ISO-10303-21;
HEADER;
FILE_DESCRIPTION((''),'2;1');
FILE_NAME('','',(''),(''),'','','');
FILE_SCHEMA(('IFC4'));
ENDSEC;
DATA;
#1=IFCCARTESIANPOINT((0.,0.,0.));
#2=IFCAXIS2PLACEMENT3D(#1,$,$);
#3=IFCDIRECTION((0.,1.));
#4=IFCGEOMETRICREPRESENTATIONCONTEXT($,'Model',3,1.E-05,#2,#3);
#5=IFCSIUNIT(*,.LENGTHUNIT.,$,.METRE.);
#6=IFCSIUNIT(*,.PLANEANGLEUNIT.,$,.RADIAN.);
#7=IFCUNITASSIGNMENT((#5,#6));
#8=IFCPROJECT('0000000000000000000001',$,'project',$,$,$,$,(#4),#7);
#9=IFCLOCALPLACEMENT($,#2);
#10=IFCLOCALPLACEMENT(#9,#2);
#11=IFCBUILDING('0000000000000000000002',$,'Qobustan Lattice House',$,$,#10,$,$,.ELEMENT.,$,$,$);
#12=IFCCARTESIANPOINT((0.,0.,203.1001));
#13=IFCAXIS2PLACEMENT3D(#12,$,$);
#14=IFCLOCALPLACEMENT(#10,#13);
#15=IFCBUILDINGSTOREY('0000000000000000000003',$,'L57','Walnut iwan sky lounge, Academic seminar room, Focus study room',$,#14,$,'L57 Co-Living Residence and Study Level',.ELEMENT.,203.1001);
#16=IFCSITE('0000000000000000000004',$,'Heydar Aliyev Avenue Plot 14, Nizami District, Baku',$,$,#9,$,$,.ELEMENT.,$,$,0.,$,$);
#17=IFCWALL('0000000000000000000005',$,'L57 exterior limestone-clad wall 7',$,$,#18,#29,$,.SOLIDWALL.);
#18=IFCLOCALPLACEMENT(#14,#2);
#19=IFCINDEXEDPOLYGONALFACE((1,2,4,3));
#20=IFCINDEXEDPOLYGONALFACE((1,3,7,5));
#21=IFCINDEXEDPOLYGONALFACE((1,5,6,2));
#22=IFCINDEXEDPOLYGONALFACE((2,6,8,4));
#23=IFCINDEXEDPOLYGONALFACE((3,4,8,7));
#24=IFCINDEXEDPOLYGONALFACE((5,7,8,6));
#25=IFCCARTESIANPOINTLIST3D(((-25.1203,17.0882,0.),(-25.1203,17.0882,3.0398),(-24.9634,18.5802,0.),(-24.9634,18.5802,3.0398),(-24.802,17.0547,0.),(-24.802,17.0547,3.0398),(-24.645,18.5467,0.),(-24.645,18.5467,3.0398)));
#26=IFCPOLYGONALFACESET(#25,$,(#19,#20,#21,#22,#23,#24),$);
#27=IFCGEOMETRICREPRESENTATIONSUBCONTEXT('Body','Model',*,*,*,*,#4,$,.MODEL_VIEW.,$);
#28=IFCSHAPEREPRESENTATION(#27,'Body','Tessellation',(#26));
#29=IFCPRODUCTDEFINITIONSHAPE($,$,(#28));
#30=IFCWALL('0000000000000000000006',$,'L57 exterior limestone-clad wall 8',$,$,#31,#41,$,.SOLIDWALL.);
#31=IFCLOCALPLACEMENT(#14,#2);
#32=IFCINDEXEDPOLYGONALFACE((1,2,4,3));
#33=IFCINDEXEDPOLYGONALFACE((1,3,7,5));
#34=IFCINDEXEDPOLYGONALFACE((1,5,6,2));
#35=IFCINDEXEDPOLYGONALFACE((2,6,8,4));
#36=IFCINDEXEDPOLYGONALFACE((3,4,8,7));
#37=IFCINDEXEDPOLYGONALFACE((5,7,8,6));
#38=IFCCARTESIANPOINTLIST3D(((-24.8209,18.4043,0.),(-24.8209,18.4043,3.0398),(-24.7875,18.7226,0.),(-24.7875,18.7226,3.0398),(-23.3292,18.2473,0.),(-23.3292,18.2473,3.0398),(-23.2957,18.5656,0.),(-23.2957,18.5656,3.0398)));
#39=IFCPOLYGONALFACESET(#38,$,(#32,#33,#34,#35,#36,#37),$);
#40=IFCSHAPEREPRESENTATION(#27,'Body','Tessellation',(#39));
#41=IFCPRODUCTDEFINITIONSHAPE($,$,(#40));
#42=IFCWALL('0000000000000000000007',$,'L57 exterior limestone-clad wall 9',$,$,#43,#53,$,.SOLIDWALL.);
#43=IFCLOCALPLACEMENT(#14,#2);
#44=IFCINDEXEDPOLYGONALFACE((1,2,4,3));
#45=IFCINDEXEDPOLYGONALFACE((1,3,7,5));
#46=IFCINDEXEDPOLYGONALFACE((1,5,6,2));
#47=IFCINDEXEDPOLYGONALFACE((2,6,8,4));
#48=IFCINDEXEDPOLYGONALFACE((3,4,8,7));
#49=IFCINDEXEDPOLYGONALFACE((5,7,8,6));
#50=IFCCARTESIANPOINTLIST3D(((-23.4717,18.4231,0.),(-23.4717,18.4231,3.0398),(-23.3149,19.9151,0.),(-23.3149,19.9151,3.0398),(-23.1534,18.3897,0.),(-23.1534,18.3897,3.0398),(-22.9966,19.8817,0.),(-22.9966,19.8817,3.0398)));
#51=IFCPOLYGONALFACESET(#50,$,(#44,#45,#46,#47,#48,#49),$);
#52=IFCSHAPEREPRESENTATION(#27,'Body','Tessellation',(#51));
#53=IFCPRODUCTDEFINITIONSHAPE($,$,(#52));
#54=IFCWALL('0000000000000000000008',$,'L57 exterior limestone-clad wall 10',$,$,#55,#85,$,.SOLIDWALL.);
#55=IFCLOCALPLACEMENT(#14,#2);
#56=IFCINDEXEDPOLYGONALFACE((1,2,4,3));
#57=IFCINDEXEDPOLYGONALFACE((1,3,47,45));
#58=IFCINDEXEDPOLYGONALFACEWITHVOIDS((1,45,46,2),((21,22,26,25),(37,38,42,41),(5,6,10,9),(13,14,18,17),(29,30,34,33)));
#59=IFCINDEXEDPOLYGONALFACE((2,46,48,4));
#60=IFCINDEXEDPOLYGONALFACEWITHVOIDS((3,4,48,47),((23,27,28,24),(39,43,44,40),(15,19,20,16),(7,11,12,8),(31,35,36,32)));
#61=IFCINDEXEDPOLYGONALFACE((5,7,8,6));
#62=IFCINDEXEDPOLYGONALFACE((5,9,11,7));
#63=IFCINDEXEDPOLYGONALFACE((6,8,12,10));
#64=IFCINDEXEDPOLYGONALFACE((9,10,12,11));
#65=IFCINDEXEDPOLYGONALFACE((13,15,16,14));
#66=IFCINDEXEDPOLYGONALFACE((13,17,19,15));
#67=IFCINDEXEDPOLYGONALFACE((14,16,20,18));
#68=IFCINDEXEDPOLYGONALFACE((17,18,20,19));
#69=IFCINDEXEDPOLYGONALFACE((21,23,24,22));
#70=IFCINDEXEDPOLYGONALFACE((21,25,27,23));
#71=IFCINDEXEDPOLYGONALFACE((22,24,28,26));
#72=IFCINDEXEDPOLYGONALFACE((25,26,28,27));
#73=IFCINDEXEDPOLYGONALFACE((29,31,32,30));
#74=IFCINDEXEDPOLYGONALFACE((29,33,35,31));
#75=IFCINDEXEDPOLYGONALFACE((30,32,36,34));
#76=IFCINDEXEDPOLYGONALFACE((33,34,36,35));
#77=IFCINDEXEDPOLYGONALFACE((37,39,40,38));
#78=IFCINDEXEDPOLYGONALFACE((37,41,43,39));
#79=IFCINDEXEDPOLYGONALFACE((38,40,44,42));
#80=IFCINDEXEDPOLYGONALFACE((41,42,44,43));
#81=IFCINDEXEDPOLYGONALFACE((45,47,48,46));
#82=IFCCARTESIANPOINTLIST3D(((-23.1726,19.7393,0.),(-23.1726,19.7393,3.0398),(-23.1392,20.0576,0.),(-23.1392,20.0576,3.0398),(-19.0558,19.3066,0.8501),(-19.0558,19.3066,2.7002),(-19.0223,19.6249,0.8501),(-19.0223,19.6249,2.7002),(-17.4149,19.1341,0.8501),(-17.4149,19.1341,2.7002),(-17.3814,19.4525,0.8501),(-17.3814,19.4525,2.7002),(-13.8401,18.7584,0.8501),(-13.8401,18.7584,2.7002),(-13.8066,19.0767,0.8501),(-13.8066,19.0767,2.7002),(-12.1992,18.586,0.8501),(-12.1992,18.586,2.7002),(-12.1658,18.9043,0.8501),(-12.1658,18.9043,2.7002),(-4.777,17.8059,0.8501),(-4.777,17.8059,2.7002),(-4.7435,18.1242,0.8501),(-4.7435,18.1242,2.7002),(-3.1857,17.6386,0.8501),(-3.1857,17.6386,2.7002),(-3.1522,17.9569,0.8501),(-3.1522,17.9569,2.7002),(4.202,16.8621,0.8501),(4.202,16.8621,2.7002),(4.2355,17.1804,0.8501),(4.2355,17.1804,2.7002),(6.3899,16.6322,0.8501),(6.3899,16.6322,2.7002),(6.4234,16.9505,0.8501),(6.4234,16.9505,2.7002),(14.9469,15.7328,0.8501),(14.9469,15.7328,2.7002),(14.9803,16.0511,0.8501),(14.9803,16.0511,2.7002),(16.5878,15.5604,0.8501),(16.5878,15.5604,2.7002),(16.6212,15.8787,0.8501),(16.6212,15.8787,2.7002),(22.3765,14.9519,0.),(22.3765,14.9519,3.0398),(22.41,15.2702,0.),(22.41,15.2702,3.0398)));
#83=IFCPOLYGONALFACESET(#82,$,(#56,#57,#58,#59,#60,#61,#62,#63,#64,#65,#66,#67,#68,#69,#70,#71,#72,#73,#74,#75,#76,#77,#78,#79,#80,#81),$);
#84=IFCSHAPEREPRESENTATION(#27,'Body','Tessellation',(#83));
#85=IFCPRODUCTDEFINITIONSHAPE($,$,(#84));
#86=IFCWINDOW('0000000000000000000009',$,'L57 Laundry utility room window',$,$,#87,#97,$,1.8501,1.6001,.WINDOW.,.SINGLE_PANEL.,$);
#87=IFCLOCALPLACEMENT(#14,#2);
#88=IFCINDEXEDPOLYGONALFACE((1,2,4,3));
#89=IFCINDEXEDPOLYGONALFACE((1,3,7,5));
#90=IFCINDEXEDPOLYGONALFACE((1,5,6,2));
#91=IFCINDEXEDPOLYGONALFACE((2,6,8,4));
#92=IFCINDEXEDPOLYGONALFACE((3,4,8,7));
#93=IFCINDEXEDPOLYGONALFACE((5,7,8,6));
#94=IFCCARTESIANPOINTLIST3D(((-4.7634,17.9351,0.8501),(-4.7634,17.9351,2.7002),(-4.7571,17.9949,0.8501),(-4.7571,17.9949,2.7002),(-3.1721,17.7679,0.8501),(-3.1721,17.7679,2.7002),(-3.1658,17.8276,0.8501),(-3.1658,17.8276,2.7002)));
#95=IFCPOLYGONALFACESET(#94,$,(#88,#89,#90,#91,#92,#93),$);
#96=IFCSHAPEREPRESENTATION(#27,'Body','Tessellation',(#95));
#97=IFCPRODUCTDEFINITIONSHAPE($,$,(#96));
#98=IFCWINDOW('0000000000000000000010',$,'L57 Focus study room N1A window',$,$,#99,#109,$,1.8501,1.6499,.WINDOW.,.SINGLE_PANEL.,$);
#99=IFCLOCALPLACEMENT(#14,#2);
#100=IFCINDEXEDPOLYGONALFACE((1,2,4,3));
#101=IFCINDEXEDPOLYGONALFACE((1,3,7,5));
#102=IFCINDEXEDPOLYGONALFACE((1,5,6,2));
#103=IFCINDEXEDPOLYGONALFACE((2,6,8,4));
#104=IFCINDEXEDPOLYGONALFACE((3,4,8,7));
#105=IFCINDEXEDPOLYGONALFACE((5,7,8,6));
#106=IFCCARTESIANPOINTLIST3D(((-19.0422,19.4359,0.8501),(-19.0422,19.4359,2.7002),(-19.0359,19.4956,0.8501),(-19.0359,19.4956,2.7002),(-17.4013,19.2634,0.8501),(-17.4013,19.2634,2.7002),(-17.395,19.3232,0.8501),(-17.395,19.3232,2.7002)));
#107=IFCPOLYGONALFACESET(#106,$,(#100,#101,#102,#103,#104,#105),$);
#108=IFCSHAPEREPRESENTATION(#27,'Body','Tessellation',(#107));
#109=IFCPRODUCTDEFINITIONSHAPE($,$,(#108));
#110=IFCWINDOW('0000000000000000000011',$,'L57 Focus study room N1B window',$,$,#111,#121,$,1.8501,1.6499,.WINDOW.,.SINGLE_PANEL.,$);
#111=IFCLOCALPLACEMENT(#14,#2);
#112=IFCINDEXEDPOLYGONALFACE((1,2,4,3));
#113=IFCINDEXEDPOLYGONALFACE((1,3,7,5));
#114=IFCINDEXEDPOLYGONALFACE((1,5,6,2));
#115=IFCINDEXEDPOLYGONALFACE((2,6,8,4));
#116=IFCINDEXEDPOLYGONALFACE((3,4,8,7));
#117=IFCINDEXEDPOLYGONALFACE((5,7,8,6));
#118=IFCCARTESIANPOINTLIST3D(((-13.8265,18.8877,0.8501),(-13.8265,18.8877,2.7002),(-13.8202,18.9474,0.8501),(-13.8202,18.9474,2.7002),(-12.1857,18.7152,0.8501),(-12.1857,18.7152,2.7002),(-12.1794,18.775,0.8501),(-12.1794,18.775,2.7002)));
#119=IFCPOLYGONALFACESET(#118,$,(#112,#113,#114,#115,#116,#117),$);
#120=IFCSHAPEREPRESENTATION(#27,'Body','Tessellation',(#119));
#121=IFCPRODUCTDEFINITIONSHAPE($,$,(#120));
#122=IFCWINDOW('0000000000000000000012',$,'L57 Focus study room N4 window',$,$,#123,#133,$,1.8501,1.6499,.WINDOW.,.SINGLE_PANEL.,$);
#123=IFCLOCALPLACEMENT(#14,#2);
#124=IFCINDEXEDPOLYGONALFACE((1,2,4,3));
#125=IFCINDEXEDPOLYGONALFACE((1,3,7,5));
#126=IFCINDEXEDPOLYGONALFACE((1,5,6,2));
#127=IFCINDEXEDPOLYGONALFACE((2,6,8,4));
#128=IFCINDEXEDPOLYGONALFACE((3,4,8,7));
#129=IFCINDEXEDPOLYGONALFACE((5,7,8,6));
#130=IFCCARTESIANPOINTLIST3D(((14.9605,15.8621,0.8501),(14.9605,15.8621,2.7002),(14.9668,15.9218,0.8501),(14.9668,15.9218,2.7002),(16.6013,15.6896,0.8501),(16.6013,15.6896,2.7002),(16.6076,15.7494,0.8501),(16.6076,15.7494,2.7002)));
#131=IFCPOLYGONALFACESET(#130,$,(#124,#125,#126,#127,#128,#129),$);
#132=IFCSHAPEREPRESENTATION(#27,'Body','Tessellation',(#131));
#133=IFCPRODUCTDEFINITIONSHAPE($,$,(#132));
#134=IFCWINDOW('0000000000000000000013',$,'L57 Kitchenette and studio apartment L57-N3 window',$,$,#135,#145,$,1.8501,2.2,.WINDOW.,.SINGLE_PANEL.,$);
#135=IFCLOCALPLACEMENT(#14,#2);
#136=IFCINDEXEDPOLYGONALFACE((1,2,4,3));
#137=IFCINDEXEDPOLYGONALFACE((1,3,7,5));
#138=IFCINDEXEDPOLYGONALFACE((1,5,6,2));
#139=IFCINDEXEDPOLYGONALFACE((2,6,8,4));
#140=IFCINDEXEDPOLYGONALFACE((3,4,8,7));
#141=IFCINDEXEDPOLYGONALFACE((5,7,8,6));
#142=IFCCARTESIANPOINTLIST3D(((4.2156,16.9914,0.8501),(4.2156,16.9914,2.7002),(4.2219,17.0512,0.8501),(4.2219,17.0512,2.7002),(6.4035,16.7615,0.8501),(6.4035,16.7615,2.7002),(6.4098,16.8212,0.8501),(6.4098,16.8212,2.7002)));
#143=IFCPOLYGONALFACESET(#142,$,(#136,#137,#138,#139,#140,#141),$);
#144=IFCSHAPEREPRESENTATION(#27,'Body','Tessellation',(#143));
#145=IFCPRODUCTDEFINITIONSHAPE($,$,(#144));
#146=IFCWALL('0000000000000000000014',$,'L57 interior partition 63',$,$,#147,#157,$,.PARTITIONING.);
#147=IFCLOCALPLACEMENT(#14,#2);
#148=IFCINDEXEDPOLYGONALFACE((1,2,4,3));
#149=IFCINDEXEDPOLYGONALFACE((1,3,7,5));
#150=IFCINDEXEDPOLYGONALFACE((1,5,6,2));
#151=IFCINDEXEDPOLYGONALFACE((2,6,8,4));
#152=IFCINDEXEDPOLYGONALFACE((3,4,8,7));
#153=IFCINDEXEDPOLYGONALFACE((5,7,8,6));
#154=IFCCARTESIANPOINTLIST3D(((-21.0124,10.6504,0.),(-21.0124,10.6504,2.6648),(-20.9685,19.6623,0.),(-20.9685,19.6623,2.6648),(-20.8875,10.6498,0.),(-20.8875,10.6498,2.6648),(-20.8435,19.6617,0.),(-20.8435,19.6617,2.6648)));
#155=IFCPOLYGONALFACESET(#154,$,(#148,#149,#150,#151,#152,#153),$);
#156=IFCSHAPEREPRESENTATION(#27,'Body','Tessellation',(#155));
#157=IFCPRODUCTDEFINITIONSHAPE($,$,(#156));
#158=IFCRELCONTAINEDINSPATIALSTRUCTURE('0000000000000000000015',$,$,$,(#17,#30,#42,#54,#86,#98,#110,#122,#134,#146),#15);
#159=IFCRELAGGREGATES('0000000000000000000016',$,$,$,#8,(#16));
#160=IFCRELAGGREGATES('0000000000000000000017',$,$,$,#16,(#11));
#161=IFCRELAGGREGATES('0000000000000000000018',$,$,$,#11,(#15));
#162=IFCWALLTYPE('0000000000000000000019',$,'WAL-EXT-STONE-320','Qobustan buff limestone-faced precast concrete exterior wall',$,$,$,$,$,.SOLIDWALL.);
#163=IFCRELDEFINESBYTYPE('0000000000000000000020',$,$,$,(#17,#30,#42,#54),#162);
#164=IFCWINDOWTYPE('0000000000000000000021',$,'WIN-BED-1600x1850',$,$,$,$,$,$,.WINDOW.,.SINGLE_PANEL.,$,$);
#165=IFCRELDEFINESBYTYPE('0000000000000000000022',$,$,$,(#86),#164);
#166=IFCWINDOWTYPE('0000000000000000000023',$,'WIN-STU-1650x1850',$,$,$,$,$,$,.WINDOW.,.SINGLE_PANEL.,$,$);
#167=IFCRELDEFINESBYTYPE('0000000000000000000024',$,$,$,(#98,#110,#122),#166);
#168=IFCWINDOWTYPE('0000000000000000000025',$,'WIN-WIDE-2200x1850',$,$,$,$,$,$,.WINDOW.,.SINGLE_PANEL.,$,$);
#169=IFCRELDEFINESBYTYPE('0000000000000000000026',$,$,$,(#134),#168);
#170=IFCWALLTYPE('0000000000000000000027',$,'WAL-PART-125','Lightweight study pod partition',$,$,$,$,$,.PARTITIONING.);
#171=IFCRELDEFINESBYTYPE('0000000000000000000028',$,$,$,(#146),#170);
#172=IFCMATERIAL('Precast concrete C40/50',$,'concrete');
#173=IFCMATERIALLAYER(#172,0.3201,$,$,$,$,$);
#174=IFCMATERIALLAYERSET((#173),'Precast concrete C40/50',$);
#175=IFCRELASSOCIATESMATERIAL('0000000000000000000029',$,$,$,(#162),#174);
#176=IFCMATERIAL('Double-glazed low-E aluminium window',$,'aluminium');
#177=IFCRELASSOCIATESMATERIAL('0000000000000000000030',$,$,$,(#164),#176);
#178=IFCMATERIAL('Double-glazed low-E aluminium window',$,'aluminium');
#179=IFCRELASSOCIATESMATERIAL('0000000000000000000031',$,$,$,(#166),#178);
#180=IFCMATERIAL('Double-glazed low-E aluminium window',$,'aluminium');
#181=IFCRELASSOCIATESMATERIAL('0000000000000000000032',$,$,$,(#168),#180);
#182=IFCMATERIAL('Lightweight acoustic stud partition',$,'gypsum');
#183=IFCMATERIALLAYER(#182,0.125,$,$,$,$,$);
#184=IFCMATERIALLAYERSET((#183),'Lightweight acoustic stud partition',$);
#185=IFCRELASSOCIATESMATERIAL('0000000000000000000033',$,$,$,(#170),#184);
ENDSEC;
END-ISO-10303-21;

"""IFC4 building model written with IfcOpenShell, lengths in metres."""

from ifc_helpers import new_model, si_unit, direction, frame, frame_2d, origin, place, context, subcontext, project, spatial, rectangle, extrude, material, layer, layer_set, type_object, element, fill, save


model = new_model("IFC4")

# Units and contexts
model_context = context("Model", 3, precision=1e-05, world=origin(), true_north=direction((0.0, 1.0)))
body_context = subcontext(model_context, "Body", "Model", "MODEL_VIEW")
ifc_project = project(units=[si_unit("LENGTHUNIT", "METRE"), si_unit("PLANEANGLEUNIT", "RADIAN")], contexts=[model_context])

# Site, building, storey
site_placement = place(None, origin())
site = spatial("IfcSite", under=ifc_project, at=site_placement, Name="Heydar Aliyev Avenue Plot 14, Nizami District, Baku", CompositionType="ELEMENT", RefElevation=0.0)
building_placement = place(site_placement, origin())
building = spatial("IfcBuilding", under=site, at=building_placement, Name="Qobustan Lattice House", CompositionType="ELEMENT")
storey_placement = place(building_placement, frame((0.0, 0.0, 203.1001)))
storey = spatial("IfcBuildingStorey", under=building, at=storey_placement, Name="L57", Description="Walnut iwan sky lounge, Academic seminar room, Focus study room", LongName="L57 Co-Living Residence and Study Level", CompositionType="ELEMENT", Elevation=203.1001)

# Walls
ifc_material_1 = material(Name="Precast concrete C40/50", Category="concrete")
ifc_layer_1 = layer(ifc_material_1, 0.3201)
ifc_layer_set_1 = layer_set([ifc_layer_1], Name="Precast concrete C40/50")
wall_type_1 = type_object("IfcWallType", Name="WAL-EXT-STONE-320", Description="Qobustan buff limestone-faced precast concrete exterior wall", PredefinedType="SOLIDWALL", material=ifc_layer_set_1)
wall_1_placement = place(storey_placement, frame((-24.9612, 17.0715, 0.0), z_axis=(0.0, 0.0, 1.0), x_axis=(0.104642, 0.99451, 0.0)))
element("IfcWall", 1, at=wall_1_placement, inside=storey, type_object=wall_type_1, Name="L57 exterior limestone-clad wall 7", PredefinedType="SOLIDWALL", context=body_context, shape_type="SweptSolid", body=[
    extrude(rectangle(XDim=1.5002, YDim=0.3201, at=frame_2d((0.75, 0.0))), origin(), (0.0, 0.0, 1.0), 3.0398),
])
wall_2_placement = place(storey_placement, frame((-24.8042, 18.5635, 0.0), z_axis=(0.0, 0.0, 1.0), x_axis=(0.994508, -0.104659, 0.0)))
element("IfcWall", 2, at=wall_2_placement, inside=storey, type_object=wall_type_1, Name="L57 exterior limestone-clad wall 8", PredefinedType="SOLIDWALL", context=body_context, shape_type="SweptSolid", body=[
    extrude(rectangle(XDim=1.5, YDim=0.3201, at=frame_2d((0.75, 0.0))), origin(), (0.0, 0.0, 1.0), 3.0398),
])
wall_3_placement = place(storey_placement, frame((-23.3125, 18.4065, 0.0), z_axis=(0.0, 0.0, 1.0), x_axis=(0.104481, 0.994527, 0.0)))
element("IfcWall", 3, at=wall_3_placement, inside=storey, type_object=wall_type_1, Name="L57 exterior limestone-clad wall 9", PredefinedType="SOLIDWALL", context=body_context, shape_type="SweptSolid", body=[
    extrude(rectangle(XDim=1.5002, YDim=0.3201, at=frame_2d((0.75, 0.0))), origin(), (0.0, 0.0, 1.0), 3.0398),
])

# Wall, openings, windows
wall_4_placement = place(storey_placement, frame((-23.1558, 19.8984, 0.0), z_axis=(0.0, 0.0, 1.0), x_axis=(0.994522, -0.104527, 0.0)))
wall_4 = element("IfcWall", 4, at=wall_4_placement, inside=storey, type_object=wall_type_1, Name="L57 exterior limestone-clad wall 10", PredefinedType="SOLIDWALL", context=body_context, shape_type="SweptSolid", body=[
    extrude(rectangle(XDim=45.8, YDim=0.3201, at=frame_2d((22.8999, 0.0))), origin(), (0.0, 0.0, 1.0), 3.0398),
])
opening_1_placement = place(wall_4_placement, frame((4.1394, 0.0, 0.8501)))
opening_1 = element("IfcOpeningElement", 5, at=opening_1_placement, cuts=wall_4, PredefinedType="OPENING", context=body_context, shape_type="SweptSolid", body=[
    extrude(rectangle(XDim=1.6499, YDim=1.8501, at=frame_2d((0.825, 0.925))), frame((0.0, 0.1699, 0.0), z_axis=(0.0, -1.0, 0.0), x_axis=(1.0, 0.0, 0.0)), (0.0, 0.0, 1.0), 0.3401),
])
opening_2_placement = place(wall_4_placement, frame((9.3838, 0.0, 0.8501)))
opening_2 = element("IfcOpeningElement", 6, at=opening_2_placement, cuts=wall_4, PredefinedType="OPENING", context=body_context, shape_type="SweptSolid", body=[
    extrude(rectangle(XDim=1.6499, YDim=1.8501, at=frame_2d((0.825, 0.925))), frame((0.0, 0.1699, 0.0), z_axis=(0.0, -1.0, 0.0), x_axis=(1.0, 0.0, 0.0)), (0.0, 0.0, 1.0), 0.3401),
])
opening_3_placement = place(wall_4_placement, frame((18.4968, 0.0, 0.8501)))
opening_3 = element("IfcOpeningElement", 7, at=opening_3_placement, cuts=wall_4, PredefinedType="OPENING", context=body_context, shape_type="SweptSolid", body=[
    extrude(rectangle(XDim=1.6001, YDim=1.8501, at=frame_2d((0.8, 0.925))), frame((0.0, 0.1699, 0.0), z_axis=(0.0, -1.0, 0.0), x_axis=(1.0, 0.0, 0.0)), (0.0, 0.0, 1.0), 0.3401),
])
opening_4_placement = place(wall_4_placement, frame((27.5251, 0.0, 0.8501)))
opening_4 = element("IfcOpeningElement", 8, at=opening_4_placement, cuts=wall_4, PredefinedType="OPENING", context=body_context, shape_type="SweptSolid", body=[
    extrude(rectangle(XDim=2.2, YDim=1.8501, at=frame_2d((1.1001, 0.925))), frame((0.0, 0.1699, 0.0), z_axis=(0.0, -1.0, 0.0), x_axis=(1.0, 0.0, 0.0)), (0.0, 0.0, 1.0), 0.3401),
])
opening_5_placement = place(wall_4_placement, frame((38.3293, 0.0, 0.8501)))
opening_5 = element("IfcOpeningElement", 9, at=opening_5_placement, cuts=wall_4, PredefinedType="OPENING", context=body_context, shape_type="SweptSolid", body=[
    extrude(rectangle(XDim=1.6499, YDim=1.8501, at=frame_2d((0.825, 0.925))), frame((0.0, 0.1699, 0.0), z_axis=(0.0, -1.0, 0.0), x_axis=(1.0, 0.0, 0.0)), (0.0, 0.0, 1.0), 0.3401),
])
ifc_material_2 = material(Name="Double-glazed low-E aluminium window", Category="aluminium")
window_type_1 = type_object("IfcWindowType", Name="WIN-BED-1600x1850", PartitioningType="SINGLE_PANEL", PredefinedType="WINDOW", material=ifc_material_2)
window_1_placement = place(opening_3_placement, origin())
window_1 = element("IfcWindow", 10, at=window_1_placement, inside=storey, type_object=window_type_1, Name="L57 Laundry utility room window", OverallHeight=1.8501, OverallWidth=1.6001, PartitioningType="SINGLE_PANEL", PredefinedType="WINDOW", context=body_context, shape_type="SweptSolid", body=[
    extrude(rectangle(XDim=1.6001, YDim=1.8501, at=frame_2d((0.8, 0.925))), frame((0.0, 0.03, 0.0), z_axis=(0.0, -1.0, 0.0), x_axis=(1.0, 0.0, 0.0)), (0.0, 0.0, 1.0), 0.0601),
])
fill(opening_3, window_1)
ifc_material_3 = material(Name="Double-glazed low-E aluminium window", Category="aluminium")
window_type_2 = type_object("IfcWindowType", Name="WIN-STU-1650x1850", PartitioningType="SINGLE_PANEL", PredefinedType="WINDOW", material=ifc_material_3)
window_2_placement = place(opening_1_placement, origin())
window_2 = element("IfcWindow", 11, at=window_2_placement, inside=storey, type_object=window_type_2, Name="L57 Focus study room N1A window", OverallHeight=1.8501, OverallWidth=1.6499, PartitioningType="SINGLE_PANEL", PredefinedType="WINDOW", context=body_context, shape_type="SweptSolid", body=[
    extrude(rectangle(XDim=1.6499, YDim=1.8501, at=frame_2d((0.825, 0.925))), frame((0.0, 0.03, 0.0), z_axis=(0.0, -1.0, 0.0), x_axis=(1.0, 0.0, 0.0)), (0.0, 0.0, 1.0), 0.0601),
])
fill(opening_1, window_2)
window_3_placement = place(opening_2_placement, origin())
window_3 = element("IfcWindow", 12, at=window_3_placement, inside=storey, type_object=window_type_2, Name="L57 Focus study room N1B window", OverallHeight=1.8501, OverallWidth=1.6499, PartitioningType="SINGLE_PANEL", PredefinedType="WINDOW", context=body_context, shape_type="SweptSolid", body=[
    extrude(rectangle(XDim=1.6499, YDim=1.8501, at=frame_2d((0.825, 0.925))), frame((0.0, 0.03, 0.0), z_axis=(0.0, -1.0, 0.0), x_axis=(1.0, 0.0, 0.0)), (0.0, 0.0, 1.0), 0.0601),
])
fill(opening_2, window_3)
window_4_placement = place(opening_5_placement, origin())
window_4 = element("IfcWindow", 13, at=window_4_placement, inside=storey, type_object=window_type_2, Name="L57 Focus study room N4 window", OverallHeight=1.8501, OverallWidth=1.6499, PartitioningType="SINGLE_PANEL", PredefinedType="WINDOW", context=body_context, shape_type="SweptSolid", body=[
    extrude(rectangle(XDim=1.6499, YDim=1.8501, at=frame_2d((0.825, 0.925))), frame((0.0, 0.03, 0.0), z_axis=(0.0, -1.0, 0.0), x_axis=(1.0, 0.0, 0.0)), (0.0, 0.0, 1.0), 0.0601),
])
fill(opening_5, window_4)
ifc_material_4 = material(Name="Double-glazed low-E aluminium window", Category="aluminium")
window_type_3 = type_object("IfcWindowType", Name="WIN-WIDE-2200x1850", PartitioningType="SINGLE_PANEL", PredefinedType="WINDOW", material=ifc_material_4)
window_5_placement = place(opening_4_placement, origin())
window_5 = element("IfcWindow", 14, at=window_5_placement, inside=storey, type_object=window_type_3, Name="L57 Kitchenette and studio apartment L57-N3 window", OverallHeight=1.8501, OverallWidth=2.2, PartitioningType="SINGLE_PANEL", PredefinedType="WINDOW", context=body_context, shape_type="SweptSolid", body=[
    extrude(rectangle(XDim=2.2, YDim=1.8501, at=frame_2d((1.1001, 0.925))), frame((0.0, 0.03, 0.0), z_axis=(0.0, -1.0, 0.0), x_axis=(1.0, 0.0, 0.0)), (0.0, 0.0, 1.0), 0.0601),
])
fill(opening_4, window_5)

# Wall
ifc_material_5 = material(Name="Lightweight acoustic stud partition", Category="gypsum")
ifc_layer_2 = layer(ifc_material_5, 0.125)
ifc_layer_set_2 = layer_set([ifc_layer_2], Name="Lightweight acoustic stud partition")
wall_type_2 = type_object("IfcWallType", Name="WAL-PART-125", Description="Lightweight study pod partition", PredefinedType="PARTITIONING", material=ifc_layer_set_2)
wall_5_placement = place(storey_placement, frame((-20.906, 19.6619, 0.0), z_axis=(0.0, 0.0, 1.0), x_axis=(-0.004876, -0.999988, 0.0)))
element("IfcWall", 15, at=wall_5_placement, inside=storey, type_object=wall_type_2, Name="L57 interior partition 63", PredefinedType="PARTITIONING", context=body_context, shape_type="SweptSolid", body=[
    extrude(rectangle(XDim=9.012, YDim=0.125, at=frame_2d((4.5059, 0.0))), origin(), (0.0, 0.0, 1.0), 2.6648),
])

save(model, "model.ifc")
